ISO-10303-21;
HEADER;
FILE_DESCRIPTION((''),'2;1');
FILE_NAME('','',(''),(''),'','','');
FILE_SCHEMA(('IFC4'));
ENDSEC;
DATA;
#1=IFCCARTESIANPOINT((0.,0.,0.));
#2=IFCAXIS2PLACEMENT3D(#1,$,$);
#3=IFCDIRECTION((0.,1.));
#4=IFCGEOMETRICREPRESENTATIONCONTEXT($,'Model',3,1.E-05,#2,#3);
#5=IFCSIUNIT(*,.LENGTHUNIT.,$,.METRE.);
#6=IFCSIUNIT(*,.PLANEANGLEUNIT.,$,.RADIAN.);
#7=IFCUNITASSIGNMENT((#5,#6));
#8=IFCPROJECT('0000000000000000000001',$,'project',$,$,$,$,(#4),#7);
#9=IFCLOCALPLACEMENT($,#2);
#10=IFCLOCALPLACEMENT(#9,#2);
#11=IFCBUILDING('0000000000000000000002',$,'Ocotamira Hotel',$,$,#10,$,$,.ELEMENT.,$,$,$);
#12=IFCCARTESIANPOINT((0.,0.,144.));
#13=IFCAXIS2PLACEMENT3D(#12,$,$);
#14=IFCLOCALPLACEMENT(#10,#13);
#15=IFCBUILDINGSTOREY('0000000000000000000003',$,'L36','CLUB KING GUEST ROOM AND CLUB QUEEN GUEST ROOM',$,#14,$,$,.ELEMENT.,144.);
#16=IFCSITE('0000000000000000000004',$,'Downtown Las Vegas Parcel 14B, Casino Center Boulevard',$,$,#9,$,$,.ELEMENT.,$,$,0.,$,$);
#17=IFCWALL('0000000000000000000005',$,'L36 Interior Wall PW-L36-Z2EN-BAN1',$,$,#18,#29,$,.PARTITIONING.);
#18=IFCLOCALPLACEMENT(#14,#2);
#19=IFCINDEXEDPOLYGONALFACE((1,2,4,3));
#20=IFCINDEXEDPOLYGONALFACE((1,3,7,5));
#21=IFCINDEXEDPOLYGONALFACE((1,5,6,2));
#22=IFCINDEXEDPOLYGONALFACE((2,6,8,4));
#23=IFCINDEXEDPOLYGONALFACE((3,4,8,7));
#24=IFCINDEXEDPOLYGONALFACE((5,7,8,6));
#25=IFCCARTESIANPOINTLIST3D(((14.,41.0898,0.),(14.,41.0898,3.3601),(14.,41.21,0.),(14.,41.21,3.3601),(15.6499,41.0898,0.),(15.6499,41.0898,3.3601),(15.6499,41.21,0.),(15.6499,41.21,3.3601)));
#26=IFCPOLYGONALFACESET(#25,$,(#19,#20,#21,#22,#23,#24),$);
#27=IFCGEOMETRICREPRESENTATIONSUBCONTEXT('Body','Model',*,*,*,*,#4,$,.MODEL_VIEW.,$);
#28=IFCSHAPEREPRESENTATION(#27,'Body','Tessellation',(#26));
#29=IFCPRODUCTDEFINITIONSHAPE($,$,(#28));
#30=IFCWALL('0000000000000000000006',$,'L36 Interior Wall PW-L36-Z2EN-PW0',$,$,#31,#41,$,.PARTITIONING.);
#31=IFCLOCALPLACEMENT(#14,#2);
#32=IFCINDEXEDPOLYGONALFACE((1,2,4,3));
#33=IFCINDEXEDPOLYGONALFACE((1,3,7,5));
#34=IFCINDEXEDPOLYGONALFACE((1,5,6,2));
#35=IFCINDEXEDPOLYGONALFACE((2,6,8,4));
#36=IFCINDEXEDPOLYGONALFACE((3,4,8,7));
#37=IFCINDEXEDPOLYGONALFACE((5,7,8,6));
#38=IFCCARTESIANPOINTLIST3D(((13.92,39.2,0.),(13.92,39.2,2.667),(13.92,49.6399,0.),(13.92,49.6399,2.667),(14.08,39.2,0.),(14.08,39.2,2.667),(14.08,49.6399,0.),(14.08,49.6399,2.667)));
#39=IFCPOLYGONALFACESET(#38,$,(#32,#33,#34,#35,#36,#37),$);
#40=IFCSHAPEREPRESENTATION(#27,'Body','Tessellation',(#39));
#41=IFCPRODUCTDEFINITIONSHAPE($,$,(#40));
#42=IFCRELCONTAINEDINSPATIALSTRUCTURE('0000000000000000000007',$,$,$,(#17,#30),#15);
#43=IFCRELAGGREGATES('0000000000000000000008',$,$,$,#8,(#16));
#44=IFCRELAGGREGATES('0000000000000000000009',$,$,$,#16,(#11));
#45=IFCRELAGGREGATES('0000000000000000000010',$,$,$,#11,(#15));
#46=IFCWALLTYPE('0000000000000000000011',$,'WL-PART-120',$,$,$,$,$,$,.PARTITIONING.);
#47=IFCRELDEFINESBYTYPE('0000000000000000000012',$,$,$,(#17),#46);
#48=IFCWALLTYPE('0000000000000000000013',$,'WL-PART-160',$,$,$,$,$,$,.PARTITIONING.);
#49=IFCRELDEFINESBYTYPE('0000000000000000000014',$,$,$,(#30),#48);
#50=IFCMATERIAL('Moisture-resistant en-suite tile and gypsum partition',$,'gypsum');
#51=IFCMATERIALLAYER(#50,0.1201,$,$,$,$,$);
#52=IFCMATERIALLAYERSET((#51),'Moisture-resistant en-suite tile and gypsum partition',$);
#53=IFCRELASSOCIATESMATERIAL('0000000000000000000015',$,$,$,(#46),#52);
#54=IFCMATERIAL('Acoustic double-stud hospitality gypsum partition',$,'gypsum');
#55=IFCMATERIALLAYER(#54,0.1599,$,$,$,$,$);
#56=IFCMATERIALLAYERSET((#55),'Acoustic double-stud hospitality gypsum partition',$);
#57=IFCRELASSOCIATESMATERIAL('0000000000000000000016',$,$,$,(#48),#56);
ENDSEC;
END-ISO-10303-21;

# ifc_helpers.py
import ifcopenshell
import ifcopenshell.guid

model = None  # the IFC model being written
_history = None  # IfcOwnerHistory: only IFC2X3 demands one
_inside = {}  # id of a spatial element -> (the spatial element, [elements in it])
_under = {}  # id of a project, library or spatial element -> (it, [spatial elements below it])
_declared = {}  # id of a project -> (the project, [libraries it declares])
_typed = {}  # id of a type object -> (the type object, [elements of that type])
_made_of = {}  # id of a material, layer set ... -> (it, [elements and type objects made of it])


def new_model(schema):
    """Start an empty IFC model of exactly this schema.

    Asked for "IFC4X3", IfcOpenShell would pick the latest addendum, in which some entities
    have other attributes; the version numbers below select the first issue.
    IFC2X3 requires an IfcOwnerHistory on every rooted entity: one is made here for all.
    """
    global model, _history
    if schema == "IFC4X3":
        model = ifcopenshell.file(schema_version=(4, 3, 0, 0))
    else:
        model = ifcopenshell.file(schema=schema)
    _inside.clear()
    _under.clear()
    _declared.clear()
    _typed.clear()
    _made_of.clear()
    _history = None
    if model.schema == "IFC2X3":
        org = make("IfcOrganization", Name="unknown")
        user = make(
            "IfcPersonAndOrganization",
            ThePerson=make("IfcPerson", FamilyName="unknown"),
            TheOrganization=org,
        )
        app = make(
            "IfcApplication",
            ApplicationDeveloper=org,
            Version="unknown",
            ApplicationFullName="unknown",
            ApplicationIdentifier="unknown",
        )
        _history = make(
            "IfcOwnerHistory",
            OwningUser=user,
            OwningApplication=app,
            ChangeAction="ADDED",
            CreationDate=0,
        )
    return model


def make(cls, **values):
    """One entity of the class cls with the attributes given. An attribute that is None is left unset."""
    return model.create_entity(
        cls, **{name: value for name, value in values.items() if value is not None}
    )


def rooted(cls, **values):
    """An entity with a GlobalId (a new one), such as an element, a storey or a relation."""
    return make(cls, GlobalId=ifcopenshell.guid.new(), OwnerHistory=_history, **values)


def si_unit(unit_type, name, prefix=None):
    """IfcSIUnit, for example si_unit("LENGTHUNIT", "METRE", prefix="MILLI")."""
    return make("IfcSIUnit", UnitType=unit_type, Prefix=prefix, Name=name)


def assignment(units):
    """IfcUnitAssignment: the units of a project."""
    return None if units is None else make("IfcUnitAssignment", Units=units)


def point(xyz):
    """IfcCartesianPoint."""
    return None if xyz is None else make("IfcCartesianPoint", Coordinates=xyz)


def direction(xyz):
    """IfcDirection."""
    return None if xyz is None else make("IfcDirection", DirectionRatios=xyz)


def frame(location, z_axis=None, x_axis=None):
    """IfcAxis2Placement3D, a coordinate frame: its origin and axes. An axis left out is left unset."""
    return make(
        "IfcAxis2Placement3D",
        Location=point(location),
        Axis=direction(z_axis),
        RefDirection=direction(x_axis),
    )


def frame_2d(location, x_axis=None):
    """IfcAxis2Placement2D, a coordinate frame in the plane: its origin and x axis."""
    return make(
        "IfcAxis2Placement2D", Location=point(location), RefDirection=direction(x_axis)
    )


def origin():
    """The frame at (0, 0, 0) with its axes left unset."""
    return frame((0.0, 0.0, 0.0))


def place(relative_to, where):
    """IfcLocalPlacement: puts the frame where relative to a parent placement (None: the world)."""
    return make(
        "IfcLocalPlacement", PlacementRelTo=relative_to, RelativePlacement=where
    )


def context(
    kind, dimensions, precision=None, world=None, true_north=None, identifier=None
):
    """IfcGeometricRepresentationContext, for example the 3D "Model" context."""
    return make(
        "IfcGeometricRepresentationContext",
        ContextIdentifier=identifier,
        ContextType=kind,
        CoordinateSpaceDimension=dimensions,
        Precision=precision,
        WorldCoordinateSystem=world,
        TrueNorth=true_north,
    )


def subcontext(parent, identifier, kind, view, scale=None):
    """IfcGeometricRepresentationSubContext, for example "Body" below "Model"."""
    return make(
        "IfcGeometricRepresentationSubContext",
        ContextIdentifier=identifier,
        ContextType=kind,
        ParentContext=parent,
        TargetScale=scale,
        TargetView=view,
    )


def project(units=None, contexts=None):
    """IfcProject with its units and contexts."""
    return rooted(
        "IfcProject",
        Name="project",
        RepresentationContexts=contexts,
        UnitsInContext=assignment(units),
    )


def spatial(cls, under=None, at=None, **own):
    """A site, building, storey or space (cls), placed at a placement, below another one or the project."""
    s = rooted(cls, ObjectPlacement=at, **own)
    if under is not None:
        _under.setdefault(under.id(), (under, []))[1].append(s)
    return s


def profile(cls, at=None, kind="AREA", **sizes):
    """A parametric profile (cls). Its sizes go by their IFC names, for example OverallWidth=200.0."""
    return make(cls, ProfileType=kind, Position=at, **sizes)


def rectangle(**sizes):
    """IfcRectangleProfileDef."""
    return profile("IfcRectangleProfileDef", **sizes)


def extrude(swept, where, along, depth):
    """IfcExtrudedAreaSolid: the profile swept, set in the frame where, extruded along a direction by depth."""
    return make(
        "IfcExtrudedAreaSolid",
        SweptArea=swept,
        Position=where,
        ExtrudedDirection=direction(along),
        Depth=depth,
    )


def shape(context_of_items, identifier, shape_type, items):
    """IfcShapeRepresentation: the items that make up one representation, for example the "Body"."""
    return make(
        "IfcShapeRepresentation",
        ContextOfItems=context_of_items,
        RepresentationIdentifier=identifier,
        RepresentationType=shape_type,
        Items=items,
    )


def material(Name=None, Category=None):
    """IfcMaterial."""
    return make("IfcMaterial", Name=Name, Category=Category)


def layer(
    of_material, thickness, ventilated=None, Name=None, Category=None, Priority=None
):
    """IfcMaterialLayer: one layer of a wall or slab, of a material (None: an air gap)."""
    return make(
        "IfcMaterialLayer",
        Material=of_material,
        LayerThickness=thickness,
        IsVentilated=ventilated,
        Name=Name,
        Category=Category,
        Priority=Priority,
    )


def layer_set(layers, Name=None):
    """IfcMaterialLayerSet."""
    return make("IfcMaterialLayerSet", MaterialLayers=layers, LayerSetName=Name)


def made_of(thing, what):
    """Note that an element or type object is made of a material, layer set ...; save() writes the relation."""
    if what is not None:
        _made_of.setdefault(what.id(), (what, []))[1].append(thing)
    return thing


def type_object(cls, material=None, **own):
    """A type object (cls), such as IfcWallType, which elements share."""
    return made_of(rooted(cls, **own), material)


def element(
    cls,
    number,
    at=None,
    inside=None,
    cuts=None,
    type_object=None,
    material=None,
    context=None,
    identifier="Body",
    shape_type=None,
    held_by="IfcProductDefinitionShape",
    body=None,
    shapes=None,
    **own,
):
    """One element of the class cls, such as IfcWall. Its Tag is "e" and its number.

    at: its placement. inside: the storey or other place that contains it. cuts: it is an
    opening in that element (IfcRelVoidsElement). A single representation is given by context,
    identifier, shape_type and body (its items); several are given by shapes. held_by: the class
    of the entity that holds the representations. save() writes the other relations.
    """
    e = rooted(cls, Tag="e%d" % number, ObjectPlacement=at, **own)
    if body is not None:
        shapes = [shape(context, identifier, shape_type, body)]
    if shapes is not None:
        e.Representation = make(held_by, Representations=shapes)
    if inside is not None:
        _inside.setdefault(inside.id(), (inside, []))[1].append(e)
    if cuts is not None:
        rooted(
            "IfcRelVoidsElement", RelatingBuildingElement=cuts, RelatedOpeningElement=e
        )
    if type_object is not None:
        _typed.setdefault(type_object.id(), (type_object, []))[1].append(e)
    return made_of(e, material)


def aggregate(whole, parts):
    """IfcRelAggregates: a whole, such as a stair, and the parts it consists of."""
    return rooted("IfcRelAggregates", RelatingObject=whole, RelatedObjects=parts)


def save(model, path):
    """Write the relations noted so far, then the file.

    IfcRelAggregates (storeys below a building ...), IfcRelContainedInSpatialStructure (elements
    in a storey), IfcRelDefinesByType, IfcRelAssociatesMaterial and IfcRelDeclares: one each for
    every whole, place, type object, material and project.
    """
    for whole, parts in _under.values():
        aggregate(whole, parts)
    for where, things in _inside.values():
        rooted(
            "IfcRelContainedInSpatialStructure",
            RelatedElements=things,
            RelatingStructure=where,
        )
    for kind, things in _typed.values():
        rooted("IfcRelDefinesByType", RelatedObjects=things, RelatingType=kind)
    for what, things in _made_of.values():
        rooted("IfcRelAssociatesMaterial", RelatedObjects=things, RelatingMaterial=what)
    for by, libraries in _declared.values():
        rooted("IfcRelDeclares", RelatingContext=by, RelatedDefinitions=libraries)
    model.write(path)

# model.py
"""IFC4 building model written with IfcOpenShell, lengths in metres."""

from ifc_helpers import new_model, si_unit, direction, frame, frame_2d, origin, place, context, subcontext, project, spatial, rectangle, extrude, material, layer, layer_set, type_object, element, save


model = new_model("IFC4")

# Units and contexts
model_context = context("Model", 3, precision=1e-05, world=origin(), true_north=direction((0.0, 1.0)))
body_context = subcontext(model_context, "Body", "Model", "MODEL_VIEW")
ifc_project = project(units=[si_unit("LENGTHUNIT", "METRE"), si_unit("PLANEANGLEUNIT", "RADIAN")], contexts=[model_context])

# Site, building, storey
site_placement = place(None, origin())
site = spatial("IfcSite", under=ifc_project, at=site_placement, Name="Downtown Las Vegas Parcel 14B, Casino Center Boulevard", CompositionType="ELEMENT", RefElevation=0.0)
building_placement = place(site_placement, origin())
building = spatial("IfcBuilding", under=site, at=building_placement, Name="Ocotamira Hotel", CompositionType="ELEMENT")
storey_placement = place(building_placement, frame((0.0, 0.0, 144.0)))
storey = spatial("IfcBuildingStorey", under=building, at=storey_placement, Name="L36", Description="CLUB KING GUEST ROOM AND CLUB QUEEN GUEST ROOM", CompositionType="ELEMENT", Elevation=144.0)

# Shared definitions
ifc_material_1 = material(Name="Moisture-resistant en-suite tile and gypsum partition", Category="gypsum")
ifc_layer_1 = layer(ifc_material_1, 0.1201)
ifc_layer_set_1 = layer_set([ifc_layer_1], Name="Moisture-resistant en-suite tile and gypsum partition")
wall_type_1 = type_object("IfcWallType", Name="WL-PART-120", PredefinedType="PARTITIONING", material=ifc_layer_set_1)

# Walls
wall_1_placement = place(storey_placement, frame((14.0, 41.1499, 0.0), z_axis=(0.0, 0.0, 1.0), x_axis=(1.0, 0.0, 0.0)))
element("IfcWall", 1, at=wall_1_placement, inside=storey, type_object=wall_type_1, Name="L36 Interior Wall PW-L36-Z2EN-BAN1", PredefinedType="PARTITIONING", context=body_context, shape_type="SweptSolid", body=[
    extrude(rectangle(XDim=1.6499, YDim=0.1201, at=frame_2d((0.825, 0.0))), origin(), (0.0, 0.0, 1.0), 3.3601),
])
ifc_material_2 = material(Name="Acoustic double-stud hospitality gypsum partition", Category="gypsum")
ifc_layer_2 = layer(ifc_material_2, 0.1599)
ifc_layer_set_2 = layer_set([ifc_layer_2], Name="Acoustic double-stud hospitality gypsum partition")
wall_type_2 = type_object("IfcWallType", Name="WL-PART-160", PredefinedType="PARTITIONING", material=ifc_layer_set_2)
wall_2_placement = place(storey_placement, frame((14.0, 39.2, 0.0), z_axis=(0.0, 0.0, 1.0), x_axis=(0.0, 1.0, 0.0)))
element("IfcWall", 2, at=wall_2_placement, inside=storey, type_object=wall_type_2, Name="L36 Interior Wall PW-L36-Z2EN-PW0", PredefinedType="PARTITIONING", context=body_context, shape_type="SweptSolid", body=[
    extrude(rectangle(XDim=10.4399, YDim=0.1599, at=frame_2d((5.22, 0.0))), origin(), (0.0, 0.0, 1.0), 2.667),
])

save(model, "model.ifc")
